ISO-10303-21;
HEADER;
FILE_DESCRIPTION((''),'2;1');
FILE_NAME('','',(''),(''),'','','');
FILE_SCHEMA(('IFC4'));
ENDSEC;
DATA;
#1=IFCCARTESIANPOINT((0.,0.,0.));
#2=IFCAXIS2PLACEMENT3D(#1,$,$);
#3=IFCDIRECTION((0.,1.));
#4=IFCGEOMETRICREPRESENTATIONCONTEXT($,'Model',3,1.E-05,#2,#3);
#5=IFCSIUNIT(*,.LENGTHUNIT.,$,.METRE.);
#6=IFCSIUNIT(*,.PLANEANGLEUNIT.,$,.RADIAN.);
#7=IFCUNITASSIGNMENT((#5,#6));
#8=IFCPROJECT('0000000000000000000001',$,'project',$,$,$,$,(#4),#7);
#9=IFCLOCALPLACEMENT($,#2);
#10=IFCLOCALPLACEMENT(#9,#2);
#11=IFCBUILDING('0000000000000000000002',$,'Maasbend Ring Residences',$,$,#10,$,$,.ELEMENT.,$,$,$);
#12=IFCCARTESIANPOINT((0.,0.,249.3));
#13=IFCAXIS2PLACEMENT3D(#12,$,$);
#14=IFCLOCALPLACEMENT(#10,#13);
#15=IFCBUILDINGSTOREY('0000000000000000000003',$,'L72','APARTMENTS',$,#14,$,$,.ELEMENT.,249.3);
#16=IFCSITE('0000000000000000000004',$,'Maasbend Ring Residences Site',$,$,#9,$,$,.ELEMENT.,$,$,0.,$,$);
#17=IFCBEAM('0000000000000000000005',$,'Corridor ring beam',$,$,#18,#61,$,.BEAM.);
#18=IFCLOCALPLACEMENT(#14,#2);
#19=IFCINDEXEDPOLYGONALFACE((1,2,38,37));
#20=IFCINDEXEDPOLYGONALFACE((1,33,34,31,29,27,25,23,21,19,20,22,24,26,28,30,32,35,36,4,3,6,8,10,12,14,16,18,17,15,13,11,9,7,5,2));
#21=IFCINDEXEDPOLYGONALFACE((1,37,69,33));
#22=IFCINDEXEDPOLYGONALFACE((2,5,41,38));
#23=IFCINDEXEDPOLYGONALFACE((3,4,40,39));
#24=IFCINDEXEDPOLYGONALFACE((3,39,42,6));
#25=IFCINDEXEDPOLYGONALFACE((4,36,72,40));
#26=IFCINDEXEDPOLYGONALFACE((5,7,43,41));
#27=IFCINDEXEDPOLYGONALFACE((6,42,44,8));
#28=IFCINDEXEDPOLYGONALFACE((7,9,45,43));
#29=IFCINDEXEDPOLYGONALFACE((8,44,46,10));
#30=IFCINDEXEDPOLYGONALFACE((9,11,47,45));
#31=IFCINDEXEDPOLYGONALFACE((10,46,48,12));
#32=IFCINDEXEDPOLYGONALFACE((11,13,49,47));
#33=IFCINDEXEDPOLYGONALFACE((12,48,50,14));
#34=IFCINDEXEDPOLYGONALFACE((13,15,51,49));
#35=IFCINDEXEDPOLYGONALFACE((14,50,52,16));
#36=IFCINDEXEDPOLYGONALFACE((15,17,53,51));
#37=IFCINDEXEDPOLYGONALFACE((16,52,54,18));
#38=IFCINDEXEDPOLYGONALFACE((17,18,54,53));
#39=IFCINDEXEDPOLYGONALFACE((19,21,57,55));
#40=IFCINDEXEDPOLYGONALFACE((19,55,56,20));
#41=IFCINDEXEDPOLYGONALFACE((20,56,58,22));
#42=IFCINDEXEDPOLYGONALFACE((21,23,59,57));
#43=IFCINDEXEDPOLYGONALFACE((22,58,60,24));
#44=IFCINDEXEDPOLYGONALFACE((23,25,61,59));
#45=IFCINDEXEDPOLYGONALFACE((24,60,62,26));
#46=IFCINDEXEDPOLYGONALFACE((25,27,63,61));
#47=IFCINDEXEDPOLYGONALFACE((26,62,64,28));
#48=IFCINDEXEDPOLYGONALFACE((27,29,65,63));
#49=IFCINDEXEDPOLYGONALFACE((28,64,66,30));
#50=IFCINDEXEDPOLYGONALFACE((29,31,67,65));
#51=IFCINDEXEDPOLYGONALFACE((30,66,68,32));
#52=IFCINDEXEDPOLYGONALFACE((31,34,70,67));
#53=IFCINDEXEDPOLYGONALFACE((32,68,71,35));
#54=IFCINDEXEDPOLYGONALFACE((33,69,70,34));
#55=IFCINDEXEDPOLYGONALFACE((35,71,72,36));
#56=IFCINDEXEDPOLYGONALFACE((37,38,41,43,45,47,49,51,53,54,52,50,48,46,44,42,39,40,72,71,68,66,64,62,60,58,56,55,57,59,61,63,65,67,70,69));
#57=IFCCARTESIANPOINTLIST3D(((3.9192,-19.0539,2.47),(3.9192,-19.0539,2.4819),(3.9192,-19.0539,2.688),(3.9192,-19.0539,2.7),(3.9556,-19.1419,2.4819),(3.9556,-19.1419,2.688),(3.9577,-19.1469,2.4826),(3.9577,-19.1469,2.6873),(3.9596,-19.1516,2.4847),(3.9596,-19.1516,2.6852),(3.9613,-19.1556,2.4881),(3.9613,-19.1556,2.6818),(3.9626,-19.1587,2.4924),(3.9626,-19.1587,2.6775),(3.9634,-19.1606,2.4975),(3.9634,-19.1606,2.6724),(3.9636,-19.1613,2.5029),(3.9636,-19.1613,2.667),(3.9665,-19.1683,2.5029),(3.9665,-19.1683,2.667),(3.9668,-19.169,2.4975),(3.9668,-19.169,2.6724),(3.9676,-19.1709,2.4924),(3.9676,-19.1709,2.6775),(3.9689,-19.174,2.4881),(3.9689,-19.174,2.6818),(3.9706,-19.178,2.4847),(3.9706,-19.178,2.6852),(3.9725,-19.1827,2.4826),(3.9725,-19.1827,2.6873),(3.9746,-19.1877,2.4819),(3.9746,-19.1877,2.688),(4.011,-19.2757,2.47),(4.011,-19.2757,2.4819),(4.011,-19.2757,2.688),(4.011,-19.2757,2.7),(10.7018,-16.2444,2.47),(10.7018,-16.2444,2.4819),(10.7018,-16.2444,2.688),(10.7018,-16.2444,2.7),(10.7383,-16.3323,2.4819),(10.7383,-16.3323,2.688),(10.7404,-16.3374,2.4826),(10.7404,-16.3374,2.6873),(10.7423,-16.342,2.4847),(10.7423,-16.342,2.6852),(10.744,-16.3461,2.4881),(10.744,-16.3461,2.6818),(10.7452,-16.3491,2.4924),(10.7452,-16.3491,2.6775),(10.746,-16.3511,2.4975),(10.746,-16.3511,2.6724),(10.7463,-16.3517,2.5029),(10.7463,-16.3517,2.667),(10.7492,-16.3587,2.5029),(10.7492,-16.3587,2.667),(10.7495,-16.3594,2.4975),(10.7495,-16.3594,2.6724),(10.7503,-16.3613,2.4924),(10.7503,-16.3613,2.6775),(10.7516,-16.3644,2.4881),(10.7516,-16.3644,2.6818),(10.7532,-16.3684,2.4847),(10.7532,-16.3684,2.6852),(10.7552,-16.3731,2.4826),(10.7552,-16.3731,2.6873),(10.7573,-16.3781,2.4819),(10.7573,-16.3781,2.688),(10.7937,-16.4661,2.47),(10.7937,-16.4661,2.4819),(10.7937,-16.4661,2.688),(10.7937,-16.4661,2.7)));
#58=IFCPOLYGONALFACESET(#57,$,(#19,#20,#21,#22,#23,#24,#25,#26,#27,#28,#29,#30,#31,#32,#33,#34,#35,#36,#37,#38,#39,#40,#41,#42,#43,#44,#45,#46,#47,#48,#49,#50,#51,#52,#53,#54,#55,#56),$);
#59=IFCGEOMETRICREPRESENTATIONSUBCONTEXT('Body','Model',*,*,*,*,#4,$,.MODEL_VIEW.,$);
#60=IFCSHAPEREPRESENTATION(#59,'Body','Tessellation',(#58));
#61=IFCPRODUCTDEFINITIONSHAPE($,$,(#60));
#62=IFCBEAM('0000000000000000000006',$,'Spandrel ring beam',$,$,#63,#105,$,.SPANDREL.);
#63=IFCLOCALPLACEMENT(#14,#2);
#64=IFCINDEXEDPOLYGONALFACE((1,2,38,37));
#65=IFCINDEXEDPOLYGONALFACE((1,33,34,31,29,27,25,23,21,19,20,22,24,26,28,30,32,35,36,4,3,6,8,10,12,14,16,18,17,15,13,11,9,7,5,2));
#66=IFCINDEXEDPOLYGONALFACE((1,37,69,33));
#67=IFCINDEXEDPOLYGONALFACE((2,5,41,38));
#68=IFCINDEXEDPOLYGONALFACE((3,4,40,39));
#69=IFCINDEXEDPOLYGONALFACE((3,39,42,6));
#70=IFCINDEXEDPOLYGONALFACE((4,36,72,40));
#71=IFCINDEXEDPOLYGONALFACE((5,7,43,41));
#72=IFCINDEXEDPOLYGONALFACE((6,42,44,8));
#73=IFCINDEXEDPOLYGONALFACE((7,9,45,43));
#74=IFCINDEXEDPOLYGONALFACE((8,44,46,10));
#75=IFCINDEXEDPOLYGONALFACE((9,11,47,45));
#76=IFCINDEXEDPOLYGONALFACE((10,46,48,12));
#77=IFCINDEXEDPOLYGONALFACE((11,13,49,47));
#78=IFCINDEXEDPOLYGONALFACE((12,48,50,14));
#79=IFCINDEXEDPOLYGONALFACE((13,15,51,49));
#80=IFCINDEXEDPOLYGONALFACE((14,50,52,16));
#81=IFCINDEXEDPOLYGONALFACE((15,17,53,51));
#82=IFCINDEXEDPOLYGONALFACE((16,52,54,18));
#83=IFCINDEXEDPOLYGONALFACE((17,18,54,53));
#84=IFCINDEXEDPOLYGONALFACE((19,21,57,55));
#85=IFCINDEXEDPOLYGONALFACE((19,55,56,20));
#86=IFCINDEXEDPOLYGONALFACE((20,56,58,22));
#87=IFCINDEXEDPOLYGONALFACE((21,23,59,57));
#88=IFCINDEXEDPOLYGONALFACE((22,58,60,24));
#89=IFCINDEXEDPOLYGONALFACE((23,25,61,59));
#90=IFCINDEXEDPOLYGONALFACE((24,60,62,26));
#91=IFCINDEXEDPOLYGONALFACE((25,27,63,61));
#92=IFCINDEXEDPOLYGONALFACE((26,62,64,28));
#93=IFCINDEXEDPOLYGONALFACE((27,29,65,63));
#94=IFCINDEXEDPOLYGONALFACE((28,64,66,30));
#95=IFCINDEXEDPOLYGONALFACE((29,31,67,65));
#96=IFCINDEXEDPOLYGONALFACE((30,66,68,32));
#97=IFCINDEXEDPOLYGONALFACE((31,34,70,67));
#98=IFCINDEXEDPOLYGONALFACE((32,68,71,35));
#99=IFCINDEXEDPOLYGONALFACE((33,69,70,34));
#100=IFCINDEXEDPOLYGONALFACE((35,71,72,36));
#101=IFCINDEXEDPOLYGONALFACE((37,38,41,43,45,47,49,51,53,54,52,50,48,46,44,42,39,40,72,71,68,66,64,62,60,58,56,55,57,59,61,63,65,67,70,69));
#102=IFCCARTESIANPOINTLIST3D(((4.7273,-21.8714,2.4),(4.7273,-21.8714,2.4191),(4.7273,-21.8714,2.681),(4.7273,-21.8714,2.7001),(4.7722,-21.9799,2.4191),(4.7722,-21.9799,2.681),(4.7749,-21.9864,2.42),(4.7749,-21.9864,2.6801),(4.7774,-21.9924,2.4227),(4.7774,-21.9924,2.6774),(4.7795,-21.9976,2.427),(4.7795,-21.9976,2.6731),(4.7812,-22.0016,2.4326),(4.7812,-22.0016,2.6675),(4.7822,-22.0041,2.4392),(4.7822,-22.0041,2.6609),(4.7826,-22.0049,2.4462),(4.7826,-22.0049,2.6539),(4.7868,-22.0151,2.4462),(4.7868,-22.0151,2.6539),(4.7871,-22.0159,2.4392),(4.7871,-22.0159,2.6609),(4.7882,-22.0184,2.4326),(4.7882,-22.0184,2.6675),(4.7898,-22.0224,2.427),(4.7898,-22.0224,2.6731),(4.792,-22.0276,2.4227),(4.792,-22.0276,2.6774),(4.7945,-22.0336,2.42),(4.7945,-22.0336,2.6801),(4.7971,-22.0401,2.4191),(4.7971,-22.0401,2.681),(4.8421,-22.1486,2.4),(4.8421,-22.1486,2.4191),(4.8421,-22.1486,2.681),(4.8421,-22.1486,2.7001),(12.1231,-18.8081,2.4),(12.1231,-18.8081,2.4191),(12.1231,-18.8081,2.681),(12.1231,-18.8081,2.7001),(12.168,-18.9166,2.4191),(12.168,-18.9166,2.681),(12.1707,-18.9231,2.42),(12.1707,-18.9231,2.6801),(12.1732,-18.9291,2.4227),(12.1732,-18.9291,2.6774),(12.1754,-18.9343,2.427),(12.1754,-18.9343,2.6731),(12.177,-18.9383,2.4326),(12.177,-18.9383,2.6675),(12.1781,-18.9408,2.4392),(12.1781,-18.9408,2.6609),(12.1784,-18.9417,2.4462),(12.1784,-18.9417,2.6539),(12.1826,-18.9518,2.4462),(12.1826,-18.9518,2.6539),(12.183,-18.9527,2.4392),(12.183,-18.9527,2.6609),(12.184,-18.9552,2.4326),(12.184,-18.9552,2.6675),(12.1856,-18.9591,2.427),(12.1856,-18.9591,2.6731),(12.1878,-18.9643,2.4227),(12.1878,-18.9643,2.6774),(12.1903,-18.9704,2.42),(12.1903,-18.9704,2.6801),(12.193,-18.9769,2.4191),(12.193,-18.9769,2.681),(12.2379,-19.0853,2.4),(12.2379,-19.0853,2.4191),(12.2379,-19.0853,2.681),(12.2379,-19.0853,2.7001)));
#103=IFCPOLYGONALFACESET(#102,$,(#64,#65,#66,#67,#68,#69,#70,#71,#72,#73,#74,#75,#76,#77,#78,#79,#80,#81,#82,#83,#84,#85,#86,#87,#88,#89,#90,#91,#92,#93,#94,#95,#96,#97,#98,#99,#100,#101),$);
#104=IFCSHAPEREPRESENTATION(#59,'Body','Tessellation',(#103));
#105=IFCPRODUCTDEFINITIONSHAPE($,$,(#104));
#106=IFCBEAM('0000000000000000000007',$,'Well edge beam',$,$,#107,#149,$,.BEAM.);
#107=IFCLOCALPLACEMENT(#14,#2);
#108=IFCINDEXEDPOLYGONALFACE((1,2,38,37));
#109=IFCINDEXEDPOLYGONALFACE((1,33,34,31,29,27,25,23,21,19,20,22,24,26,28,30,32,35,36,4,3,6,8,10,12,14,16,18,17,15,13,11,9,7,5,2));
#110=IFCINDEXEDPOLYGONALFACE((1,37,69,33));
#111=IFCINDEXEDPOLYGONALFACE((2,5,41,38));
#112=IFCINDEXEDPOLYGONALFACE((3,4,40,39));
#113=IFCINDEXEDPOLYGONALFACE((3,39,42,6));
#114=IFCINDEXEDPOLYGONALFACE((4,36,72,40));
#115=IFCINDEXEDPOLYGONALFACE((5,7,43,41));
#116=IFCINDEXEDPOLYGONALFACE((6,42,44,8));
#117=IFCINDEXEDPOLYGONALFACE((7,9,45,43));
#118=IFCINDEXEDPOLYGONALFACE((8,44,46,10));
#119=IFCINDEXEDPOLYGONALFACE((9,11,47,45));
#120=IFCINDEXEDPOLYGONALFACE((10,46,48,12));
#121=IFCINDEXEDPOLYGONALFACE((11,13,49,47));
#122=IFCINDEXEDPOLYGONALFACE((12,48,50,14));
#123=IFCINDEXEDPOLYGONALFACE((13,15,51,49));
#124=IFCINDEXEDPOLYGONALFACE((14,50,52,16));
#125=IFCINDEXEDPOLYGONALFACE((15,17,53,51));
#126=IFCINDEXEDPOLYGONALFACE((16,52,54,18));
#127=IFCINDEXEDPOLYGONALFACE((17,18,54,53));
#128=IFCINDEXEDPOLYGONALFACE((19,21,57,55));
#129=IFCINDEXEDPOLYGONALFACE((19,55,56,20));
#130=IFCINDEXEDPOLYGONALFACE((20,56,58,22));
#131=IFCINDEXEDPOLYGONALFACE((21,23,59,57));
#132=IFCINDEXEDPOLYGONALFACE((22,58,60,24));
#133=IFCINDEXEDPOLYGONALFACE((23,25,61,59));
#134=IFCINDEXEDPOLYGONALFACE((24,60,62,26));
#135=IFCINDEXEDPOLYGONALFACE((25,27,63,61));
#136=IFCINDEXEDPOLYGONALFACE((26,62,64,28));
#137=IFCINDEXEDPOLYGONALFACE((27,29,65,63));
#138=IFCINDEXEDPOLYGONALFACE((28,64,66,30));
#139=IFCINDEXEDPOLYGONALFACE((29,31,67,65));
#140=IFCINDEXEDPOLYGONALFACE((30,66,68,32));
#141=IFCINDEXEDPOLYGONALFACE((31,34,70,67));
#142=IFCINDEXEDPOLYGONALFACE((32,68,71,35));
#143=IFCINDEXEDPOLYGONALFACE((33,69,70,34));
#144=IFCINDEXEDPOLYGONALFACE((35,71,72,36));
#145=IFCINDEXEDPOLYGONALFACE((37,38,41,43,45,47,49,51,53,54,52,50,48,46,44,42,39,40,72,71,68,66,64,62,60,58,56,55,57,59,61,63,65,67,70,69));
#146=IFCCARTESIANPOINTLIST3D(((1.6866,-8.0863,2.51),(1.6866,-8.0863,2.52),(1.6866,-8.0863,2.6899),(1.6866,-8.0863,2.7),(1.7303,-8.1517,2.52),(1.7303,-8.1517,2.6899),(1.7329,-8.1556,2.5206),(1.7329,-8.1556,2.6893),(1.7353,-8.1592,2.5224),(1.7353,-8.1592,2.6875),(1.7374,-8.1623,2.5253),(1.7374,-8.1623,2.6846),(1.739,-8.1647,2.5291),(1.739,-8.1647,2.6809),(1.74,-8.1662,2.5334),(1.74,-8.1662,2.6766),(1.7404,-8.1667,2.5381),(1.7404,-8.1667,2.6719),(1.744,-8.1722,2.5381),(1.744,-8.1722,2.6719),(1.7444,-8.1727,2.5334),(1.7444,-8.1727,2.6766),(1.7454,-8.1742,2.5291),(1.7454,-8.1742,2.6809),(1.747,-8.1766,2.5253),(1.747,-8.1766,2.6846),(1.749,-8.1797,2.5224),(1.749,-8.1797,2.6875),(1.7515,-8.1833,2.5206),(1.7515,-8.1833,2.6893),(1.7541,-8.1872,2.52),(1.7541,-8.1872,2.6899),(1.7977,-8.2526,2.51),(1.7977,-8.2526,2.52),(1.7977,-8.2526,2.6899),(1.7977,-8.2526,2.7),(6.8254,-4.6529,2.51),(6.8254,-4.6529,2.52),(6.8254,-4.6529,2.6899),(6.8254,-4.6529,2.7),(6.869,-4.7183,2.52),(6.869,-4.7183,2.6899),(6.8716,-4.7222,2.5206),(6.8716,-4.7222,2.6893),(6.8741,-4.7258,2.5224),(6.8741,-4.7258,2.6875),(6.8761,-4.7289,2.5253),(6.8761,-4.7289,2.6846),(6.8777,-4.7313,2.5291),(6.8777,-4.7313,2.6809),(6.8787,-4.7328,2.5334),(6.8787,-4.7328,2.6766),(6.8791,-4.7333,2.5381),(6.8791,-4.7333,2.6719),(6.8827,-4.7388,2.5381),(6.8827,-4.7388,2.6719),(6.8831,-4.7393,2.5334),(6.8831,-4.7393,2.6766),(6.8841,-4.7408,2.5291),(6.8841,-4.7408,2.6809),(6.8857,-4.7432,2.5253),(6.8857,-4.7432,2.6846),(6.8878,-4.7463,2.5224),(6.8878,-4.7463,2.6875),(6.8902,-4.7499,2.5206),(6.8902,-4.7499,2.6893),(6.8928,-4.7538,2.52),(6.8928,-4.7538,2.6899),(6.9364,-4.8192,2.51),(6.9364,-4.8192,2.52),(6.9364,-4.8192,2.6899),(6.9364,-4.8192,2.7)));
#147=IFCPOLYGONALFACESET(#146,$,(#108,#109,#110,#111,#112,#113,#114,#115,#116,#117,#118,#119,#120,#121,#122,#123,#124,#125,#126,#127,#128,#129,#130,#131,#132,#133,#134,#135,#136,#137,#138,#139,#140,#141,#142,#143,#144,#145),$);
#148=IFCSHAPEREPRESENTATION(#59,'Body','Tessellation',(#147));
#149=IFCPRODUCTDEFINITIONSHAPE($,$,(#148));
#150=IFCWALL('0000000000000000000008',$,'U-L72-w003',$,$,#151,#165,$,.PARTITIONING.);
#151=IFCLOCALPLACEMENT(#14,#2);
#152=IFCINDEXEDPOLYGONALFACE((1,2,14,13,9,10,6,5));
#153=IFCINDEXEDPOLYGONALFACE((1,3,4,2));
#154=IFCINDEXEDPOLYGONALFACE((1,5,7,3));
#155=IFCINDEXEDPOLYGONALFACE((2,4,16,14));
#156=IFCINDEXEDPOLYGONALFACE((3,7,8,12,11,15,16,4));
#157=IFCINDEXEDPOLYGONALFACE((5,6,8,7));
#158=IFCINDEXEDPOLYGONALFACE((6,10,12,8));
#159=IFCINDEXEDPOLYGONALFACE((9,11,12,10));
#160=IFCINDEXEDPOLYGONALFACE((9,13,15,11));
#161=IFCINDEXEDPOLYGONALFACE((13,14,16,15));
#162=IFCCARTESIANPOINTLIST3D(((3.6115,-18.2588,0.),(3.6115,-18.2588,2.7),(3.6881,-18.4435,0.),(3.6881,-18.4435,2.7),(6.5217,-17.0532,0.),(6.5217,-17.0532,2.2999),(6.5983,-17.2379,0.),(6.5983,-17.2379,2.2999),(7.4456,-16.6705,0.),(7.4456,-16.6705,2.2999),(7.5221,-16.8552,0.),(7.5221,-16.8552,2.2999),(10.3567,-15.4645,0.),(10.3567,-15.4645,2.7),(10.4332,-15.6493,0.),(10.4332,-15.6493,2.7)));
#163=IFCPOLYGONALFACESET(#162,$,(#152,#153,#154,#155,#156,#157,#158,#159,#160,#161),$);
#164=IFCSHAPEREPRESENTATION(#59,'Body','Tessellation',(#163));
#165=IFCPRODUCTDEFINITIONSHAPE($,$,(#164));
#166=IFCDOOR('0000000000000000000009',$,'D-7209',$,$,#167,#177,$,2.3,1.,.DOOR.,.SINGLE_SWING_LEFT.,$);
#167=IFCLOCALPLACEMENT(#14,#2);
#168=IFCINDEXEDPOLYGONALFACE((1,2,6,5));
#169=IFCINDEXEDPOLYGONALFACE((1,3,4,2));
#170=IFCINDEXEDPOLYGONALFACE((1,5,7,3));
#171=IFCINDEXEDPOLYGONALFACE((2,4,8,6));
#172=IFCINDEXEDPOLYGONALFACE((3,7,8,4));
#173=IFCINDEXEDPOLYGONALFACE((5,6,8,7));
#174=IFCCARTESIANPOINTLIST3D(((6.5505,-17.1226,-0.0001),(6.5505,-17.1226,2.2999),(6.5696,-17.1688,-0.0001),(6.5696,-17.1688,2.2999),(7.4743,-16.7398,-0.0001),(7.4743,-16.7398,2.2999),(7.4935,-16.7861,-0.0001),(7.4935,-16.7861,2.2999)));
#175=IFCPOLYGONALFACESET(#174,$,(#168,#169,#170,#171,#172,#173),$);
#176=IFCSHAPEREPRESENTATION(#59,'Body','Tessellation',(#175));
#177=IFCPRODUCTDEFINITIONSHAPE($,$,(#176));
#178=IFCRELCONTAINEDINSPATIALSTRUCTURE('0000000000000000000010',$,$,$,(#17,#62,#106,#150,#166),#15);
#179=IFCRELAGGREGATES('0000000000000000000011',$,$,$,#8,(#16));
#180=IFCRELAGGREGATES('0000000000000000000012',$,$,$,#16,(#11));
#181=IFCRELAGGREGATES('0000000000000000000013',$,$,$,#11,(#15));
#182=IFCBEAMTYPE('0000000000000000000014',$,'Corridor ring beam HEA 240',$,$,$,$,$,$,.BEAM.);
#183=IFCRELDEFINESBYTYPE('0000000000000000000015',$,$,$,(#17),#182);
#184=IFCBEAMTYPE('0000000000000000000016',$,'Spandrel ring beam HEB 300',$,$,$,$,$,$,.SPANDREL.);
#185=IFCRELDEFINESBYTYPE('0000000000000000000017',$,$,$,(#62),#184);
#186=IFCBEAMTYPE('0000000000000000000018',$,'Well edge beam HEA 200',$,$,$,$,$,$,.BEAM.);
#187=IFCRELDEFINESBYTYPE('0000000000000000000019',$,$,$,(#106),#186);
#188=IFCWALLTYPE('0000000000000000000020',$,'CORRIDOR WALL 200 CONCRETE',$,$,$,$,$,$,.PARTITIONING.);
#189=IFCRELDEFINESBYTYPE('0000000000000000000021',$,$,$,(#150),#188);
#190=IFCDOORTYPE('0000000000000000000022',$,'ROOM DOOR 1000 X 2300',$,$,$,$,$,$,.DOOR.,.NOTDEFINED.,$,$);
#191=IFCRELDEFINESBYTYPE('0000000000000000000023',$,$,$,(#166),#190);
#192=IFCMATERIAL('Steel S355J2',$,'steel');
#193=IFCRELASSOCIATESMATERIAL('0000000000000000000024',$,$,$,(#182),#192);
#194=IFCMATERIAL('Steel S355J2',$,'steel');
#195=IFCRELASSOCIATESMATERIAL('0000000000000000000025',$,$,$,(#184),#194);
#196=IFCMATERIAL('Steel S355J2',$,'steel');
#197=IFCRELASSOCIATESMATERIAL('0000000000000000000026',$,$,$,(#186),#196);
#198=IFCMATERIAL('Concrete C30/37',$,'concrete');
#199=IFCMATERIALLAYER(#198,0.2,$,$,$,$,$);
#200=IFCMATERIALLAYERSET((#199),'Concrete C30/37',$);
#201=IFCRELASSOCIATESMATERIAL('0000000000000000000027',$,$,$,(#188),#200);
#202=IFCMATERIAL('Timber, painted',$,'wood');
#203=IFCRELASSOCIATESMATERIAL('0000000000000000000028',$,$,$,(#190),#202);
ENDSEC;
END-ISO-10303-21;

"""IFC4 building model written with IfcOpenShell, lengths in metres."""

from ifc_helpers import new_model, si_unit, direction, frame, frame_2d, origin, origin_2d, place, context, subcontext, project, spatial, rectangle, i_section, extrude, material, layer, layer_set, material_profile, profile_set, type_object, element, fill, save


model = new_model("IFC4")

# Units and contexts
model_context = context("Model", 3, precision=1e-05, world=origin(), true_north=direction((0.0, 1.0)))
body_context = subcontext(model_context, "Body", "Model", "MODEL_VIEW")
ifc_project = project(units=[si_unit("LENGTHUNIT", "METRE"), si_unit("PLANEANGLEUNIT", "RADIAN")], contexts=[model_context])

# Site, building, storey
site_placement = place(None, origin())
site = spatial("IfcSite", under=ifc_project, at=site_placement, Name="Maasbend Ring Residences Site", CompositionType="ELEMENT", RefElevation=0.0)
building_placement = place(site_placement, origin())
building = spatial("IfcBuilding", under=site, at=building_placement, Name="Maasbend Ring Residences", CompositionType="ELEMENT")
storey_placement = place(building_placement, frame((0.0, 0.0, 249.3)))
storey = spatial("IfcBuildingStorey", under=building, at=storey_placement, Name="L72", Description="APARTMENTS", CompositionType="ELEMENT", Elevation=249.3)

# Beams
ifc_material_1 = material(Name="Steel S355J2", Category="steel")
ifc_material_profile_1 = material_profile(ifc_material_1, i_section(OverallWidth=0.24, OverallDepth=0.23, WebThickness=0.0076, FlangeThickness=0.012, FilletRadius=0.021, at=origin_2d()), Name="HEA 240")
ifc_profile_set_1 = profile_set([ifc_material_profile_1], Name="Steel S355J2")
beam_type_1 = type_object("IfcBeamType", Name="Corridor ring beam HEA 240", PredefinedType="BEAM", material=ifc_profile_set_1)
beam_1_placement = place(storey_placement, frame((3.9651, -19.1648, 2.585), z_axis=(0.923876, 0.382692, 0.0), x_axis=(-0.382692, 0.923876, 0.0)))
element("IfcBeam", 1, at=beam_1_placement, inside=storey, type_object=beam_type_1, Name="Corridor ring beam", PredefinedType="BEAM", context=body_context, shape_type="SweptSolid", body=[
    extrude(i_section(OverallWidth=0.24, OverallDepth=0.23, WebThickness=0.0076, FlangeThickness=0.012, FilletRadius=0.021, at=origin_2d()), origin(), (0.0, 0.0, 1.0), 7.3416),
])
ifc_material_2 = material(Name="Steel S355J2", Category="steel")
ifc_material_profile_2 = material_profile(ifc_material_2, i_section(OverallWidth=0.3, OverallDepth=0.3, WebThickness=0.011, FlangeThickness=0.019, FilletRadius=0.0271, at=origin_2d()), Name="HEB 300")
ifc_profile_set_2 = profile_set([ifc_material_profile_2], Name="Steel S355J2")
beam_type_2 = type_object("IfcBeamType", Name="Spandrel ring beam HEB 300", PredefinedType="SPANDREL", material=ifc_profile_set_2)
beam_2_placement = place(storey_placement, frame((4.7847, -22.01, 2.55), z_axis=(0.923888, 0.382663, 0.0), x_axis=(-0.382663, 0.923888, 0.0)))
element("IfcBeam", 2, at=beam_2_placement, inside=storey, type_object=beam_type_2, Name="Spandrel ring beam", PredefinedType="SPANDREL", context=body_context, shape_type="SweptSolid", body=[
    extrude(i_section(OverallWidth=0.3, OverallDepth=0.3, WebThickness=0.011, FlangeThickness=0.019, FilletRadius=0.0271, at=origin_2d()), origin(), (0.0, 0.0, 1.0), 8.0051),
])
ifc_material_3 = material(Name="Steel S355J2", Category="steel")
ifc_material_profile_3 = material_profile(ifc_material_3, i_section(OverallWidth=0.2, OverallDepth=0.1899, WebThickness=0.0066, FlangeThickness=0.01, FilletRadius=0.0181, at=origin_2d()), Name="HEA 200")
ifc_profile_set_3 = profile_set([ifc_material_profile_3], Name="Steel S355J2")
beam_type_3 = type_object("IfcBeamType", Name="Well edge beam HEA 200", PredefinedType="BEAM", material=ifc_profile_set_3)
beam_3_placement = place(storey_placement, frame((1.7422, -8.1694, 2.605), z_axis=(0.831485, 0.555548, 0.0), x_axis=(-0.555548, 0.831485, 0.0)))
element("IfcBeam", 3, at=beam_3_placement, inside=storey, type_object=beam_type_3, Name="Well edge beam", PredefinedType="BEAM", context=body_context, shape_type="SweptSolid", body=[
    extrude(i_section(OverallWidth=0.2, OverallDepth=0.1899, WebThickness=0.0066, FlangeThickness=0.01, FilletRadius=0.0181, at=origin_2d()), origin(), (0.0, 0.0, 1.0), 6.1802),
])

# Wall, opening, door
ifc_material_4 = material(Name="Concrete C30/37", Category="concrete")
ifc_layer_1 = layer(ifc_material_4, 0.2)
ifc_layer_set_1 = layer_set([ifc_layer_1], Name="Concrete C30/37")
wall_type_1 = type_object("IfcWallType", Name="CORRIDOR WALL 200 CONCRETE", PredefinedType="PARTITIONING", material=ifc_layer_set_1)
wall_1_placement = place(storey_placement, frame((3.6499, -18.3511, 0.0), z_axis=(0.0, 0.0, 1.0), x_axis=(0.923866, 0.382715, 0.0)))
wall_1 = element("IfcWall", 4, at=wall_1_placement, inside=storey, type_object=wall_type_1, Name="U-L72-w003", PredefinedType="PARTITIONING", context=body_context, shape_type="SweptSolid", body=[
    extrude(rectangle(XDim=7.301, YDim=0.2, at=frame_2d((3.6504, 0.0))), origin(), (0.0, 0.0, 1.0), 2.7),
])
opening_1_placement = place(wall_1_placement, frame((3.1499, 0.0, 0.0)))
opening_1 = element("IfcOpeningElement", 5, at=opening_1_placement, cuts=wall_1, PredefinedType="OPENING", context=body_context, shape_type="SweptSolid", body=[
    extrude(rectangle(XDim=1.0, YDim=2.3, at=frame_2d((0.5, 1.1499))), frame((0.0, 0.1099, 0.0), z_axis=(0.0, -1.0, 0.0), x_axis=(1.0, 0.0, 0.0)), (0.0, 0.0, 1.0), 0.22),
])
ifc_material_5 = material(Name="Timber, painted", Category="wood")
door_type_1 = type_object("IfcDoorType", Name="ROOM DOOR 1000 X 2300", OperationType="NOTDEFINED", PredefinedType="DOOR", material=ifc_material_5)
door_1_placement = place(opening_1_placement, origin())
door_1 = element("IfcDoor", 6, at=door_1_placement, inside=storey, type_object=door_type_1, Name="D-7209", OperationType="SINGLE_SWING_LEFT", OverallHeight=2.3, OverallWidth=1.0, PredefinedType="DOOR", context=body_context, shape_type="SweptSolid", body=[
    extrude(rectangle(XDim=1.0, YDim=2.3, at=frame_2d((0.5, 1.1499))), frame((0.0, 0.0249, 0.0), z_axis=(0.0, -1.0, 0.0), x_axis=(1.0, 0.0, 0.0)), (0.0, 0.0, 1.0), 0.05),
])
fill(opening_1, door_1)

save(model, "model.ifc")
